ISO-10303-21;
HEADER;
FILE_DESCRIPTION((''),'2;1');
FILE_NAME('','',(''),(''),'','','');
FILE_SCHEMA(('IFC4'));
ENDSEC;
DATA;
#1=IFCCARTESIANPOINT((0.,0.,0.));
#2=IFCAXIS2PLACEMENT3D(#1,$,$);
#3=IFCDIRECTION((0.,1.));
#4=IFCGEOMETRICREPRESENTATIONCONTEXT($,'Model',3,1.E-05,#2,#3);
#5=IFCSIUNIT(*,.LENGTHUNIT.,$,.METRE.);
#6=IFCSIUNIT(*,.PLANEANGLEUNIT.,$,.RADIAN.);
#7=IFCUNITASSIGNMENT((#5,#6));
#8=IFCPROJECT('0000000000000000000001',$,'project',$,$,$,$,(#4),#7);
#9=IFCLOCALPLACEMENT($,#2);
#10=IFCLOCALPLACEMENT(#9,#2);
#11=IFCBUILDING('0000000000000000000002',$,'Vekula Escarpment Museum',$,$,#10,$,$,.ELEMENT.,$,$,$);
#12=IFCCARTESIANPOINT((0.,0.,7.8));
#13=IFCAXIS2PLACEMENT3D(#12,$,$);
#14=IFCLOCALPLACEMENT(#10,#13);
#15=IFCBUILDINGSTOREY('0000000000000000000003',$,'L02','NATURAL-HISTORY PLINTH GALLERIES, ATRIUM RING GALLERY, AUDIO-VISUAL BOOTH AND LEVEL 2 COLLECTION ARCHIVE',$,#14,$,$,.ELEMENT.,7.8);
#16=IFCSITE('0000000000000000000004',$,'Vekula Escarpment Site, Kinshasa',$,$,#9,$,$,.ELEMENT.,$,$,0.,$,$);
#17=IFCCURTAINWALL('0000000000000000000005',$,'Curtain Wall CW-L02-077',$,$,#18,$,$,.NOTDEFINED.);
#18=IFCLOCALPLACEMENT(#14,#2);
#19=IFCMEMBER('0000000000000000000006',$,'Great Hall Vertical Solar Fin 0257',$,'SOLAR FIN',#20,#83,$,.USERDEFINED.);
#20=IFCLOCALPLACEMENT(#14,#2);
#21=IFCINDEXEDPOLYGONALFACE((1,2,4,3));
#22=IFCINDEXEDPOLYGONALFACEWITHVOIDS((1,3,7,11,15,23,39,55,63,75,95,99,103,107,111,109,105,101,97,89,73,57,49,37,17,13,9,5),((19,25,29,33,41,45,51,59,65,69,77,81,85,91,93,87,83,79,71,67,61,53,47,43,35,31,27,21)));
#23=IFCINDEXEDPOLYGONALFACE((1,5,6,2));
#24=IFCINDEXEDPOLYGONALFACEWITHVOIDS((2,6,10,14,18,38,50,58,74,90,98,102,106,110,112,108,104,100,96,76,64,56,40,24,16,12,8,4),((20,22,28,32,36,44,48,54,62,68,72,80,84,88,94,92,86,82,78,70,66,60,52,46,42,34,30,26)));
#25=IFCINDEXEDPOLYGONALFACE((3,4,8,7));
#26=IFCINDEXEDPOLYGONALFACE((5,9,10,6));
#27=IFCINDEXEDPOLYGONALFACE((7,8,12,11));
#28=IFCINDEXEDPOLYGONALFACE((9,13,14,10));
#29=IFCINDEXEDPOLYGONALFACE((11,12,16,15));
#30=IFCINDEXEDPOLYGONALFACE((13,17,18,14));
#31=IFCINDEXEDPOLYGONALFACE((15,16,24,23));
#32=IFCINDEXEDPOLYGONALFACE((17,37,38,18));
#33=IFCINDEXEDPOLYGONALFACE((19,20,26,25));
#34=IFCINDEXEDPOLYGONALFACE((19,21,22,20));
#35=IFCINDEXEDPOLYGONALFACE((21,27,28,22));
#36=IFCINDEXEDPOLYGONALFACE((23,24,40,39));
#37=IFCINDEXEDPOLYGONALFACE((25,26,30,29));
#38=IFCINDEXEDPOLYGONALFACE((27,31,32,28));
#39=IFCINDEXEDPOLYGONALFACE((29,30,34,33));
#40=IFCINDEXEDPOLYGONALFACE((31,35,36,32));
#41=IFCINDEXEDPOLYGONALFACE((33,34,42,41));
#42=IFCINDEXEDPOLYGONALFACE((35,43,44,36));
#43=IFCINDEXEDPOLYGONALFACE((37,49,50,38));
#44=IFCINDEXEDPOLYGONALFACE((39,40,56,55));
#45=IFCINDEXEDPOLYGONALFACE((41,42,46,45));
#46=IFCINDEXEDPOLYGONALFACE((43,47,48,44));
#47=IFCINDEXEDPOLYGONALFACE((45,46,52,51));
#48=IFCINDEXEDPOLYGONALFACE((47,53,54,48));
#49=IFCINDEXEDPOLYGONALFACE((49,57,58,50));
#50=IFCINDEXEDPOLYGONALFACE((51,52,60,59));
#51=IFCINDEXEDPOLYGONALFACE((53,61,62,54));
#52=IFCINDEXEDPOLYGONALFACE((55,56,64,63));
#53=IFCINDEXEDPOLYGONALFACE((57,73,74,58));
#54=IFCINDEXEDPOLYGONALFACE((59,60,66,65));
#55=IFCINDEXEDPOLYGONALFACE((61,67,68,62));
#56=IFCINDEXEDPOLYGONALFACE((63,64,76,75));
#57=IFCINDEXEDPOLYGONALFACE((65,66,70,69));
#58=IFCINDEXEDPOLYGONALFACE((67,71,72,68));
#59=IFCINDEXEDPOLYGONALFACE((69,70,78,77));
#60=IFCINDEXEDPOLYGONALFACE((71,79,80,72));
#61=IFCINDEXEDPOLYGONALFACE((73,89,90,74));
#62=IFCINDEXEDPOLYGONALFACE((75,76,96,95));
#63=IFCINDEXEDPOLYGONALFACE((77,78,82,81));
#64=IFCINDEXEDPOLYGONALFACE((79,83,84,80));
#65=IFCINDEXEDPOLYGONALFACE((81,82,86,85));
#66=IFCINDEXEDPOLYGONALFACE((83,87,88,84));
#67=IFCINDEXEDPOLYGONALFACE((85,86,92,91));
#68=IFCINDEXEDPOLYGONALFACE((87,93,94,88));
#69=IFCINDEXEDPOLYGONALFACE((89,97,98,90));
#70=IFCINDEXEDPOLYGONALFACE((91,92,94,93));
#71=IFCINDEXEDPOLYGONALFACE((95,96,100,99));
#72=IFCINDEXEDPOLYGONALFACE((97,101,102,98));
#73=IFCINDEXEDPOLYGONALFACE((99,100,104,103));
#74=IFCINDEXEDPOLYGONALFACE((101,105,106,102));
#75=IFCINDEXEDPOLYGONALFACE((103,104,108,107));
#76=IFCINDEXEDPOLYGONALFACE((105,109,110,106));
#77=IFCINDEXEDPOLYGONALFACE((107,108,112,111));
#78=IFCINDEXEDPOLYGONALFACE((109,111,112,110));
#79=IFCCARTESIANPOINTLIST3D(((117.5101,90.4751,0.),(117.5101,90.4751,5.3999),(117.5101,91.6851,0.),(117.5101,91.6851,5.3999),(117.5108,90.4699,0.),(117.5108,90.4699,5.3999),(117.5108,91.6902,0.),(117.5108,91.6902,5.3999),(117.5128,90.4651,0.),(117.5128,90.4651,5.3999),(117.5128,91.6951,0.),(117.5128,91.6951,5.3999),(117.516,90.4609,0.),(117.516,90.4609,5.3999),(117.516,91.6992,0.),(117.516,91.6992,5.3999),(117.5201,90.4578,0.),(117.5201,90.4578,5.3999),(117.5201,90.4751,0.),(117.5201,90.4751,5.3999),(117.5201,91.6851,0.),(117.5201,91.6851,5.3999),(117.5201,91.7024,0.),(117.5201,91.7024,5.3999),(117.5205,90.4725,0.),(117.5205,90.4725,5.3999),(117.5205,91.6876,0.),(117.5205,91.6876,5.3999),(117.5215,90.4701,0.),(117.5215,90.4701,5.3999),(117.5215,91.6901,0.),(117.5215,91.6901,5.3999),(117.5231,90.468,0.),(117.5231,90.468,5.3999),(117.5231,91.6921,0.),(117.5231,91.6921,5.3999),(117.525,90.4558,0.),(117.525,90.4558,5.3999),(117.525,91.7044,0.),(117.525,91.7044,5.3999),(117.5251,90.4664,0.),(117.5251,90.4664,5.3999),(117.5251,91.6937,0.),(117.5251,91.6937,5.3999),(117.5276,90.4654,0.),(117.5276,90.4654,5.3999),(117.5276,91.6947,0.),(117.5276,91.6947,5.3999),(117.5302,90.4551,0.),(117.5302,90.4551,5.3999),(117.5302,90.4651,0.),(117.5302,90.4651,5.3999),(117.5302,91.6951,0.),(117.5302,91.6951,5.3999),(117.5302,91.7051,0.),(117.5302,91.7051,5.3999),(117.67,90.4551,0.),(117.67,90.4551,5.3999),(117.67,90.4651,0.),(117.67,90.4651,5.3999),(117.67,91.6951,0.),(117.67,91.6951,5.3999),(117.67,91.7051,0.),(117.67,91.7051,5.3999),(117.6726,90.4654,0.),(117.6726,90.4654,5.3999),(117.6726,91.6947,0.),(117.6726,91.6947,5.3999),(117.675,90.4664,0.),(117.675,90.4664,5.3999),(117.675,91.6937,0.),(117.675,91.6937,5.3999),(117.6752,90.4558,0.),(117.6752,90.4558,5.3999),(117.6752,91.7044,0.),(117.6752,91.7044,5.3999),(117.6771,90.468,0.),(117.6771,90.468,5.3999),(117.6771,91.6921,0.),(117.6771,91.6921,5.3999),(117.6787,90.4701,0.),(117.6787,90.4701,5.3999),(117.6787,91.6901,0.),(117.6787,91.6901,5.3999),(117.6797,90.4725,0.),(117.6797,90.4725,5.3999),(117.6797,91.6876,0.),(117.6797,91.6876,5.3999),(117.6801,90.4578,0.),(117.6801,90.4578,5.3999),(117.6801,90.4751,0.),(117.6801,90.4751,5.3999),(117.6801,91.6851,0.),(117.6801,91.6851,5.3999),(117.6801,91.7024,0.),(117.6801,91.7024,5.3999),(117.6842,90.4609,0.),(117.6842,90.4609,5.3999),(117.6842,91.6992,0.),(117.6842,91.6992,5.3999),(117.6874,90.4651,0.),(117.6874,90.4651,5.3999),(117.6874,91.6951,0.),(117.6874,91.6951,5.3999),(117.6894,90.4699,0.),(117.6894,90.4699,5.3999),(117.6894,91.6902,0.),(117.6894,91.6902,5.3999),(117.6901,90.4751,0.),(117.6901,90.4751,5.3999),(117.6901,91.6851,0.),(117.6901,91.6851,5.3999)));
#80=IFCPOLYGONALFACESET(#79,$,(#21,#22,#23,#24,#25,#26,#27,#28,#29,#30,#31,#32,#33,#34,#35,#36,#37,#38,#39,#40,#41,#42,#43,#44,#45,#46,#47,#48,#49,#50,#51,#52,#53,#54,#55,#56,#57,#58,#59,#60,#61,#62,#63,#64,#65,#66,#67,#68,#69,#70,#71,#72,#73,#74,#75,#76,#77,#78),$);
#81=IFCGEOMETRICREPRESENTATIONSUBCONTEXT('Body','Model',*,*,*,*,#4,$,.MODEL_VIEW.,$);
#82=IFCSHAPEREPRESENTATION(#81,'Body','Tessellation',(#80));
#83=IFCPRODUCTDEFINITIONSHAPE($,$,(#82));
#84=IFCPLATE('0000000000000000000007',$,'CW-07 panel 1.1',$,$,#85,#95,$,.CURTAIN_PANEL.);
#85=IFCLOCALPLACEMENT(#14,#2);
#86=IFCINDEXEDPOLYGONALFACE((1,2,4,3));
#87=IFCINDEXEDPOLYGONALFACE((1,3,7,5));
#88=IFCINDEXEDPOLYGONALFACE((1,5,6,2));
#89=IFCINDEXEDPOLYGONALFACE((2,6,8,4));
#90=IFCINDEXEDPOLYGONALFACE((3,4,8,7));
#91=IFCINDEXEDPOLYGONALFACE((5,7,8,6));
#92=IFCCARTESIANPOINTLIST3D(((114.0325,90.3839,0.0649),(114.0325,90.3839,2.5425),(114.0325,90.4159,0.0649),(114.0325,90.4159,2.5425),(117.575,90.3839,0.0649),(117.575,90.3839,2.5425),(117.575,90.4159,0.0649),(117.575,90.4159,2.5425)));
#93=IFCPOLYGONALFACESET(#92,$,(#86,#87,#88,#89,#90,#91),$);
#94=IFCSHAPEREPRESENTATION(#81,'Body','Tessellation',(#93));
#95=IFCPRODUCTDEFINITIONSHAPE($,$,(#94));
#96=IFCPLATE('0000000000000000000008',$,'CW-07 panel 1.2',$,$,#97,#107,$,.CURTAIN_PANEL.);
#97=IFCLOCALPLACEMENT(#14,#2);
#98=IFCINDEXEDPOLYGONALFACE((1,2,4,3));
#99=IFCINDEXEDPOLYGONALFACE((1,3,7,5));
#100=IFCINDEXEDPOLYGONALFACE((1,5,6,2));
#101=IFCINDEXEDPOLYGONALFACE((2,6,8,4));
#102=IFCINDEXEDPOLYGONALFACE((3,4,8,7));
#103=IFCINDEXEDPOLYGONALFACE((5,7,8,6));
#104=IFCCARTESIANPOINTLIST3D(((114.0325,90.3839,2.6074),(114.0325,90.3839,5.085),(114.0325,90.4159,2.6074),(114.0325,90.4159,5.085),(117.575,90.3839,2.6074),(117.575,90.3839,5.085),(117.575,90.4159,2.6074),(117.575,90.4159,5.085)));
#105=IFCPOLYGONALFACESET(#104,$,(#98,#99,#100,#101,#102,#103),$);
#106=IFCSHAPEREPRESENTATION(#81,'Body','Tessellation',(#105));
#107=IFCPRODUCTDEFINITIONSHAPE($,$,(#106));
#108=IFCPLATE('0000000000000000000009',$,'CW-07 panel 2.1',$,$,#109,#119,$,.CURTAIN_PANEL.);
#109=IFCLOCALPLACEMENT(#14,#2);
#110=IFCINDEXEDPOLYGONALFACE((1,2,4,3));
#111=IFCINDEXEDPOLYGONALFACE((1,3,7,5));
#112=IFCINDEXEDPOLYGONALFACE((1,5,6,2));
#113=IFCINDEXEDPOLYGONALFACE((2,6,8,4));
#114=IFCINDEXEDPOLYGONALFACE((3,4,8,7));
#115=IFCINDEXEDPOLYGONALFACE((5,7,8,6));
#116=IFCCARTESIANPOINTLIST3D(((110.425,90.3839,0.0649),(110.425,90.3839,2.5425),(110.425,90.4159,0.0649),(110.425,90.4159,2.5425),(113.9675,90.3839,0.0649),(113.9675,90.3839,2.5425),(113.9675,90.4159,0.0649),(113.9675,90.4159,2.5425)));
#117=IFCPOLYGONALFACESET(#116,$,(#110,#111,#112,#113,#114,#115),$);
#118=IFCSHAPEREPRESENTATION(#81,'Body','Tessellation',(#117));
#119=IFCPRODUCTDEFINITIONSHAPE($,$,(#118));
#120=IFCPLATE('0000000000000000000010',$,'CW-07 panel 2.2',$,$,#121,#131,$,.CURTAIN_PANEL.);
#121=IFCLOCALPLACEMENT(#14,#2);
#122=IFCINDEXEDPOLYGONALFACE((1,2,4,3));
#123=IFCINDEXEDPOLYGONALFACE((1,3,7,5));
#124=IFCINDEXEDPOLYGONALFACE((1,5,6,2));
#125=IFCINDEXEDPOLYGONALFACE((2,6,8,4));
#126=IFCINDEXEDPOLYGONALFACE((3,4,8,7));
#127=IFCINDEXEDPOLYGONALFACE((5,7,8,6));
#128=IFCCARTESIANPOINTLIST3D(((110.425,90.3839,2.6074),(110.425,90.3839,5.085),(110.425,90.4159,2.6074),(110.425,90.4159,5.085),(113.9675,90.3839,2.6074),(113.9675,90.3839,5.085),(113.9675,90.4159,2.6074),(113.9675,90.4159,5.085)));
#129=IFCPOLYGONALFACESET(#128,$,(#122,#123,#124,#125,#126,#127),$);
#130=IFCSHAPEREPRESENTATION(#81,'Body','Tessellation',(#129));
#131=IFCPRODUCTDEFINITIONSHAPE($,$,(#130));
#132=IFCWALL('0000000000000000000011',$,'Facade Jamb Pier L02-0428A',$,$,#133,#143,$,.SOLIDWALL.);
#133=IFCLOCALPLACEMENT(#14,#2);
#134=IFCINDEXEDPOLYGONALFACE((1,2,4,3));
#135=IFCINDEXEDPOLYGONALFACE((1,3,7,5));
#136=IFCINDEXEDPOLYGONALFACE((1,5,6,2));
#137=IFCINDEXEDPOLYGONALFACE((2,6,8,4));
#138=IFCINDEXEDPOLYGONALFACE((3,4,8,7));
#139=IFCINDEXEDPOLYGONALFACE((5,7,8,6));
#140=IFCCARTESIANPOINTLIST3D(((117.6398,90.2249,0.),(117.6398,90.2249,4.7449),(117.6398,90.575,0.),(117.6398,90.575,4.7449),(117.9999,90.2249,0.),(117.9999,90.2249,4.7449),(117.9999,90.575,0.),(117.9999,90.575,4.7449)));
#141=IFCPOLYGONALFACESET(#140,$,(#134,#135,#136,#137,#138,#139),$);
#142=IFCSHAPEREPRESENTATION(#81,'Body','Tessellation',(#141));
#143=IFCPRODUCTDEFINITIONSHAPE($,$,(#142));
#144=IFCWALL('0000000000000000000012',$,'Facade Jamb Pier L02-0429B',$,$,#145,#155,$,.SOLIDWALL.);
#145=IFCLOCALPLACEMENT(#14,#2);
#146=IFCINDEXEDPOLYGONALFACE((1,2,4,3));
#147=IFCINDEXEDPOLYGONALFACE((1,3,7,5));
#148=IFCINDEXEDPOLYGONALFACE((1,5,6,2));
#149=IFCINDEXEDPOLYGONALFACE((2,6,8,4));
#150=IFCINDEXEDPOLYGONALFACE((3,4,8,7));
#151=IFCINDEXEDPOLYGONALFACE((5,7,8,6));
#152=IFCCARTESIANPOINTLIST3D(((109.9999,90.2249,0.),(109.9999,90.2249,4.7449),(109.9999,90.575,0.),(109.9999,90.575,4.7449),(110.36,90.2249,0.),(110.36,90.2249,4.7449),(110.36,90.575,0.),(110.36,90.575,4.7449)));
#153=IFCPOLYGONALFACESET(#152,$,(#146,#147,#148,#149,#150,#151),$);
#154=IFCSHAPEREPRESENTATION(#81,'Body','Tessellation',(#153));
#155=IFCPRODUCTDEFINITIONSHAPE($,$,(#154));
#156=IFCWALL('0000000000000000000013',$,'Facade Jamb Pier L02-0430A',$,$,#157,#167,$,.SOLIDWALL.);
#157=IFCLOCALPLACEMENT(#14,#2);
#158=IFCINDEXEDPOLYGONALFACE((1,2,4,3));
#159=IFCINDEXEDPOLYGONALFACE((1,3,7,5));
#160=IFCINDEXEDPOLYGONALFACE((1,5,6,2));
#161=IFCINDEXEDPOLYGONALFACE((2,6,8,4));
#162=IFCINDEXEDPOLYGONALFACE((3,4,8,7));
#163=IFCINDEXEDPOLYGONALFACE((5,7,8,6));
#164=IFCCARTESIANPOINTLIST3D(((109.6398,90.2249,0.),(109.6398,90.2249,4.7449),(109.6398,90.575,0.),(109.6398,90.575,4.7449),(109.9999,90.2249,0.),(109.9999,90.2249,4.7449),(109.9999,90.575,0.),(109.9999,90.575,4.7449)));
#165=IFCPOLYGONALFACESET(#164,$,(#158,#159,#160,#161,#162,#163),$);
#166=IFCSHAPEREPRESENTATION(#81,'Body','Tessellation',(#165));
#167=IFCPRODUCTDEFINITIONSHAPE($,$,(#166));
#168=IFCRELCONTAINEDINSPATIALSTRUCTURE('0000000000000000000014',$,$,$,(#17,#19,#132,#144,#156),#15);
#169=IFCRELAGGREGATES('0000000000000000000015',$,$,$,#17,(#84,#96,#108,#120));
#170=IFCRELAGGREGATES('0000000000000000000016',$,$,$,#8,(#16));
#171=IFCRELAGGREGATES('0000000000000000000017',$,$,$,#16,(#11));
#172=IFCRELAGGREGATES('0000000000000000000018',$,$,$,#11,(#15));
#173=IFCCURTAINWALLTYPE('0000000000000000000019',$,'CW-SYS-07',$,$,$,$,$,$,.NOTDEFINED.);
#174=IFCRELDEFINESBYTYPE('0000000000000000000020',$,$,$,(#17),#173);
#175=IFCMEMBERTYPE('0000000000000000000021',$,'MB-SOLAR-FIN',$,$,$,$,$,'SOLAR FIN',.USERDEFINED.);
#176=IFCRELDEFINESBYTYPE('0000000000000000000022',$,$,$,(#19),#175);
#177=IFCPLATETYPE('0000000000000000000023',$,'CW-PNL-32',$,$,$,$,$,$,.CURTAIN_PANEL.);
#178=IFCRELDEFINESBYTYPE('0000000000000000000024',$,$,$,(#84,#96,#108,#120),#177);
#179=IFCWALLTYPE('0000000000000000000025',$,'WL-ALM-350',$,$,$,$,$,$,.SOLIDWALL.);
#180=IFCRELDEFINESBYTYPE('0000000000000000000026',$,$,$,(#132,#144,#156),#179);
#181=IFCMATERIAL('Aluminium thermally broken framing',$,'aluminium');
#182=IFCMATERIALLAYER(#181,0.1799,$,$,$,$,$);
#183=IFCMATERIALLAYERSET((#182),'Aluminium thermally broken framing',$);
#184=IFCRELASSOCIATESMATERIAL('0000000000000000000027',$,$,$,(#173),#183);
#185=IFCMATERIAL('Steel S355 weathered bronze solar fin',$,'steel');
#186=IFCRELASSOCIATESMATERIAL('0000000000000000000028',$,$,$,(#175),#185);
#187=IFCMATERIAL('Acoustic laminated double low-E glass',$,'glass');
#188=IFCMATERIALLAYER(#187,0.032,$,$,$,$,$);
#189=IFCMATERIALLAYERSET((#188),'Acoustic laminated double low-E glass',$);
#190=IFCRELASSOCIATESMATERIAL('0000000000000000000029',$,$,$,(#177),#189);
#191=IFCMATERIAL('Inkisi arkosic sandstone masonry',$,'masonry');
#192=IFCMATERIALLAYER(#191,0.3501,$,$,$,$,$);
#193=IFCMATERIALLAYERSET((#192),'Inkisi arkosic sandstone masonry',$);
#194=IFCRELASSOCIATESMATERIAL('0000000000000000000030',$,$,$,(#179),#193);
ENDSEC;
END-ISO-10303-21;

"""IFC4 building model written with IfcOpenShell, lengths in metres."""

from ifc_helpers import new_model, si_unit, direction, frame, frame_2d, origin, origin_2d, place, context, subcontext, project, spatial, rectangle, hollow_rectangle, extrude, material, layer, layer_set, material_profile, profile_set, type_object, element, aggregate, save


model = new_model("IFC4")

# Units and contexts
model_context = context("Model", 3, precision=1e-05, world=origin(), true_north=direction((0.0, 1.0)))
body_context = subcontext(model_context, "Body", "Model", "MODEL_VIEW")
ifc_project = project(units=[si_unit("LENGTHUNIT", "METRE"), si_unit("PLANEANGLEUNIT", "RADIAN")], contexts=[model_context])

# Site, building, storey
site_placement = place(None, origin())
site = spatial("IfcSite", under=ifc_project, at=site_placement, Name="Vekula Escarpment Site, Kinshasa", CompositionType="ELEMENT", RefElevation=0.0)
building_placement = place(site_placement, origin())
building = spatial("IfcBuilding", under=site, at=building_placement, Name="Vekula Escarpment Museum", CompositionType="ELEMENT")
storey_placement = place(building_placement, frame((0.0, 0.0, 7.8)))
storey = spatial("IfcBuildingStorey", under=building, at=storey_placement, Name="L02", Description="NATURAL-HISTORY PLINTH GALLERIES, ATRIUM RING GALLERY, AUDIO-VISUAL BOOTH AND LEVEL 2 COLLECTION ARCHIVE", CompositionType="ELEMENT", Elevation=7.8)

# Curtain wall
ifc_material_1 = material(Name="Aluminium thermally broken framing", Category="aluminium")
ifc_layer_1 = layer(ifc_material_1, 0.1799)
ifc_layer_set_1 = layer_set([ifc_layer_1], Name="Aluminium thermally broken framing")
curtain_wall_type = type_object("IfcCurtainWallType", Name="CW-SYS-07", PredefinedType="NOTDEFINED", material=ifc_layer_set_1)
curtain_wall_placement = place(storey_placement, origin())
curtain_wall = element("IfcCurtainWall", 1, at=curtain_wall_placement, inside=storey, type_object=curtain_wall_type, Name="Curtain Wall CW-L02-077", PredefinedType="NOTDEFINED")

# Member
ifc_material_2 = material(Name="Steel S355 weathered bronze solar fin", Category="steel")
ifc_material_profile_1 = material_profile(ifc_material_2, hollow_rectangle(XDim=0.1799, YDim=1.25, WallThickness=0.01, InnerFilletRadius=0.01, OuterFilletRadius=0.02, at=origin_2d()), Name="RHS 1250x180x10")
ifc_profile_set_1 = profile_set([ifc_material_profile_1], Name="Steel S355 weathered bronze solar fin")
member_type_1 = type_object("IfcMemberType", Name="MB-SOLAR-FIN", ElementType="SOLAR FIN", PredefinedType="USERDEFINED", material=ifc_profile_set_1)
for number, where, z_axis, x_axis, name in (
    (2, (117.6001, 91.0801, 0.0), (0.0, 0.0, 1.0), (1.0, 0.0, 0.0), "Great Hall Vertical Solar Fin 0257"),
):
    element("IfcMember", number, at=place(storey_placement, frame(where, z_axis=z_axis, x_axis=x_axis)), inside=storey, type_object=member_type_1, Name=name, ObjectType="SOLAR FIN", PredefinedType="USERDEFINED", context=body_context, shape_type="SweptSolid", body=[
        extrude(hollow_rectangle(XDim=0.1799, YDim=1.25, WallThickness=0.01, InnerFilletRadius=0.01, OuterFilletRadius=0.02, at=origin_2d()), origin(), (0.0, 0.0, 1.0), 5.3999),
    ])

# Plates
ifc_material_3 = material(Name="Acoustic laminated double low-E glass", Category="glass")
ifc_layer_2 = layer(ifc_material_3, 0.032)
ifc_layer_set_2 = layer_set([ifc_layer_2], Name="Acoustic laminated double low-E glass")
plate_type = type_object("IfcPlateType", Name="CW-PNL-32", PredefinedType="CURTAIN_PANEL", material=ifc_layer_set_2)
plate_1_placement = place(storey_placement, frame((115.8037, 90.3999, 0.0649), z_axis=(0.0, 0.0, 1.0), x_axis=(-1.0, 0.0, 0.0)))
plate_1 = element("IfcPlate", 3, at=plate_1_placement, type_object=plate_type, Name="CW-07 panel 1.1", PredefinedType="CURTAIN_PANEL", context=body_context, shape_type="SweptSolid", body=[
    extrude(rectangle(XDim=3.5425, YDim=0.032, at=origin_2d()), origin(), (0.0, 0.0, 1.0), 2.4775),
])
plate_2_placement = place(storey_placement, frame((115.8037, 90.3999, 2.6074), z_axis=(0.0, 0.0, 1.0), x_axis=(-1.0, 0.0, 0.0)))
plate_2 = element("IfcPlate", 4, at=plate_2_placement, type_object=plate_type, Name="CW-07 panel 1.2", PredefinedType="CURTAIN_PANEL", context=body_context, shape_type="SweptSolid", body=[
    extrude(rectangle(XDim=3.5425, YDim=0.032, at=origin_2d()), origin(), (0.0, 0.0, 1.0), 2.4775),
])
plate_3_placement = place(storey_placement, frame((112.1963, 90.3999, 0.0649), z_axis=(0.0, 0.0, 1.0), x_axis=(-1.0, 0.0, 0.0)))
plate_3 = element("IfcPlate", 5, at=plate_3_placement, type_object=plate_type, Name="CW-07 panel 2.1", PredefinedType="CURTAIN_PANEL", context=body_context, shape_type="SweptSolid", body=[
    extrude(rectangle(XDim=3.5425, YDim=0.032, at=origin_2d()), origin(), (0.0, 0.0, 1.0), 2.4775),
])
plate_4_placement = place(storey_placement, frame((112.1963, 90.3999, 2.6074), z_axis=(0.0, 0.0, 1.0), x_axis=(-1.0, 0.0, 0.0)))
plate_4 = element("IfcPlate", 6, at=plate_4_placement, type_object=plate_type, Name="CW-07 panel 2.2", PredefinedType="CURTAIN_PANEL", context=body_context, shape_type="SweptSolid", body=[
    extrude(rectangle(XDim=3.5425, YDim=0.032, at=origin_2d()), origin(), (0.0, 0.0, 1.0), 2.4775),
])
aggregate(curtain_wall, [plate_1, plate_2, plate_3, plate_4])

# Walls
ifc_material_4 = material(Name="Inkisi arkosic sandstone masonry", Category="masonry")
ifc_layer_3 = layer(ifc_material_4, 0.3501)
ifc_layer_set_3 = layer_set([ifc_layer_3], Name="Inkisi arkosic sandstone masonry")
wall_type = type_object("IfcWallType", Name="WL-ALM-350", PredefinedType="SOLIDWALL", material=ifc_layer_set_3)
for number, where, z_axis, x_axis, name in (
    (7, (118.0, 90.3999, 0.0), (0.0, 0.0, 1.0), (-1.0, 0.0, 0.0), "Facade Jamb Pier L02-0428A"),
    (8, (110.3601, 90.3999, 0.0), (0.0, 0.0, 1.0), (-1.0, 0.0, 0.0), "Facade Jamb Pier L02-0429B"),
    (9, (110.0, 90.3999, 0.0), (0.0, 0.0, 1.0), (-1.0, 0.0, 0.0), "Facade Jamb Pier L02-0430A"),
):
    element("IfcWall", number, at=place(storey_placement, frame(where, z_axis=z_axis, x_axis=x_axis)), inside=storey, type_object=wall_type, Name=name, PredefinedType="SOLIDWALL", context=body_context, shape_type="SweptSolid", body=[
        extrude(rectangle(XDim=0.3601, YDim=0.3501, at=frame_2d((0.1802, 0.0))), origin(), (0.0, 0.0, 1.0), 4.7449),
    ])

save(model, "model.ifc")
